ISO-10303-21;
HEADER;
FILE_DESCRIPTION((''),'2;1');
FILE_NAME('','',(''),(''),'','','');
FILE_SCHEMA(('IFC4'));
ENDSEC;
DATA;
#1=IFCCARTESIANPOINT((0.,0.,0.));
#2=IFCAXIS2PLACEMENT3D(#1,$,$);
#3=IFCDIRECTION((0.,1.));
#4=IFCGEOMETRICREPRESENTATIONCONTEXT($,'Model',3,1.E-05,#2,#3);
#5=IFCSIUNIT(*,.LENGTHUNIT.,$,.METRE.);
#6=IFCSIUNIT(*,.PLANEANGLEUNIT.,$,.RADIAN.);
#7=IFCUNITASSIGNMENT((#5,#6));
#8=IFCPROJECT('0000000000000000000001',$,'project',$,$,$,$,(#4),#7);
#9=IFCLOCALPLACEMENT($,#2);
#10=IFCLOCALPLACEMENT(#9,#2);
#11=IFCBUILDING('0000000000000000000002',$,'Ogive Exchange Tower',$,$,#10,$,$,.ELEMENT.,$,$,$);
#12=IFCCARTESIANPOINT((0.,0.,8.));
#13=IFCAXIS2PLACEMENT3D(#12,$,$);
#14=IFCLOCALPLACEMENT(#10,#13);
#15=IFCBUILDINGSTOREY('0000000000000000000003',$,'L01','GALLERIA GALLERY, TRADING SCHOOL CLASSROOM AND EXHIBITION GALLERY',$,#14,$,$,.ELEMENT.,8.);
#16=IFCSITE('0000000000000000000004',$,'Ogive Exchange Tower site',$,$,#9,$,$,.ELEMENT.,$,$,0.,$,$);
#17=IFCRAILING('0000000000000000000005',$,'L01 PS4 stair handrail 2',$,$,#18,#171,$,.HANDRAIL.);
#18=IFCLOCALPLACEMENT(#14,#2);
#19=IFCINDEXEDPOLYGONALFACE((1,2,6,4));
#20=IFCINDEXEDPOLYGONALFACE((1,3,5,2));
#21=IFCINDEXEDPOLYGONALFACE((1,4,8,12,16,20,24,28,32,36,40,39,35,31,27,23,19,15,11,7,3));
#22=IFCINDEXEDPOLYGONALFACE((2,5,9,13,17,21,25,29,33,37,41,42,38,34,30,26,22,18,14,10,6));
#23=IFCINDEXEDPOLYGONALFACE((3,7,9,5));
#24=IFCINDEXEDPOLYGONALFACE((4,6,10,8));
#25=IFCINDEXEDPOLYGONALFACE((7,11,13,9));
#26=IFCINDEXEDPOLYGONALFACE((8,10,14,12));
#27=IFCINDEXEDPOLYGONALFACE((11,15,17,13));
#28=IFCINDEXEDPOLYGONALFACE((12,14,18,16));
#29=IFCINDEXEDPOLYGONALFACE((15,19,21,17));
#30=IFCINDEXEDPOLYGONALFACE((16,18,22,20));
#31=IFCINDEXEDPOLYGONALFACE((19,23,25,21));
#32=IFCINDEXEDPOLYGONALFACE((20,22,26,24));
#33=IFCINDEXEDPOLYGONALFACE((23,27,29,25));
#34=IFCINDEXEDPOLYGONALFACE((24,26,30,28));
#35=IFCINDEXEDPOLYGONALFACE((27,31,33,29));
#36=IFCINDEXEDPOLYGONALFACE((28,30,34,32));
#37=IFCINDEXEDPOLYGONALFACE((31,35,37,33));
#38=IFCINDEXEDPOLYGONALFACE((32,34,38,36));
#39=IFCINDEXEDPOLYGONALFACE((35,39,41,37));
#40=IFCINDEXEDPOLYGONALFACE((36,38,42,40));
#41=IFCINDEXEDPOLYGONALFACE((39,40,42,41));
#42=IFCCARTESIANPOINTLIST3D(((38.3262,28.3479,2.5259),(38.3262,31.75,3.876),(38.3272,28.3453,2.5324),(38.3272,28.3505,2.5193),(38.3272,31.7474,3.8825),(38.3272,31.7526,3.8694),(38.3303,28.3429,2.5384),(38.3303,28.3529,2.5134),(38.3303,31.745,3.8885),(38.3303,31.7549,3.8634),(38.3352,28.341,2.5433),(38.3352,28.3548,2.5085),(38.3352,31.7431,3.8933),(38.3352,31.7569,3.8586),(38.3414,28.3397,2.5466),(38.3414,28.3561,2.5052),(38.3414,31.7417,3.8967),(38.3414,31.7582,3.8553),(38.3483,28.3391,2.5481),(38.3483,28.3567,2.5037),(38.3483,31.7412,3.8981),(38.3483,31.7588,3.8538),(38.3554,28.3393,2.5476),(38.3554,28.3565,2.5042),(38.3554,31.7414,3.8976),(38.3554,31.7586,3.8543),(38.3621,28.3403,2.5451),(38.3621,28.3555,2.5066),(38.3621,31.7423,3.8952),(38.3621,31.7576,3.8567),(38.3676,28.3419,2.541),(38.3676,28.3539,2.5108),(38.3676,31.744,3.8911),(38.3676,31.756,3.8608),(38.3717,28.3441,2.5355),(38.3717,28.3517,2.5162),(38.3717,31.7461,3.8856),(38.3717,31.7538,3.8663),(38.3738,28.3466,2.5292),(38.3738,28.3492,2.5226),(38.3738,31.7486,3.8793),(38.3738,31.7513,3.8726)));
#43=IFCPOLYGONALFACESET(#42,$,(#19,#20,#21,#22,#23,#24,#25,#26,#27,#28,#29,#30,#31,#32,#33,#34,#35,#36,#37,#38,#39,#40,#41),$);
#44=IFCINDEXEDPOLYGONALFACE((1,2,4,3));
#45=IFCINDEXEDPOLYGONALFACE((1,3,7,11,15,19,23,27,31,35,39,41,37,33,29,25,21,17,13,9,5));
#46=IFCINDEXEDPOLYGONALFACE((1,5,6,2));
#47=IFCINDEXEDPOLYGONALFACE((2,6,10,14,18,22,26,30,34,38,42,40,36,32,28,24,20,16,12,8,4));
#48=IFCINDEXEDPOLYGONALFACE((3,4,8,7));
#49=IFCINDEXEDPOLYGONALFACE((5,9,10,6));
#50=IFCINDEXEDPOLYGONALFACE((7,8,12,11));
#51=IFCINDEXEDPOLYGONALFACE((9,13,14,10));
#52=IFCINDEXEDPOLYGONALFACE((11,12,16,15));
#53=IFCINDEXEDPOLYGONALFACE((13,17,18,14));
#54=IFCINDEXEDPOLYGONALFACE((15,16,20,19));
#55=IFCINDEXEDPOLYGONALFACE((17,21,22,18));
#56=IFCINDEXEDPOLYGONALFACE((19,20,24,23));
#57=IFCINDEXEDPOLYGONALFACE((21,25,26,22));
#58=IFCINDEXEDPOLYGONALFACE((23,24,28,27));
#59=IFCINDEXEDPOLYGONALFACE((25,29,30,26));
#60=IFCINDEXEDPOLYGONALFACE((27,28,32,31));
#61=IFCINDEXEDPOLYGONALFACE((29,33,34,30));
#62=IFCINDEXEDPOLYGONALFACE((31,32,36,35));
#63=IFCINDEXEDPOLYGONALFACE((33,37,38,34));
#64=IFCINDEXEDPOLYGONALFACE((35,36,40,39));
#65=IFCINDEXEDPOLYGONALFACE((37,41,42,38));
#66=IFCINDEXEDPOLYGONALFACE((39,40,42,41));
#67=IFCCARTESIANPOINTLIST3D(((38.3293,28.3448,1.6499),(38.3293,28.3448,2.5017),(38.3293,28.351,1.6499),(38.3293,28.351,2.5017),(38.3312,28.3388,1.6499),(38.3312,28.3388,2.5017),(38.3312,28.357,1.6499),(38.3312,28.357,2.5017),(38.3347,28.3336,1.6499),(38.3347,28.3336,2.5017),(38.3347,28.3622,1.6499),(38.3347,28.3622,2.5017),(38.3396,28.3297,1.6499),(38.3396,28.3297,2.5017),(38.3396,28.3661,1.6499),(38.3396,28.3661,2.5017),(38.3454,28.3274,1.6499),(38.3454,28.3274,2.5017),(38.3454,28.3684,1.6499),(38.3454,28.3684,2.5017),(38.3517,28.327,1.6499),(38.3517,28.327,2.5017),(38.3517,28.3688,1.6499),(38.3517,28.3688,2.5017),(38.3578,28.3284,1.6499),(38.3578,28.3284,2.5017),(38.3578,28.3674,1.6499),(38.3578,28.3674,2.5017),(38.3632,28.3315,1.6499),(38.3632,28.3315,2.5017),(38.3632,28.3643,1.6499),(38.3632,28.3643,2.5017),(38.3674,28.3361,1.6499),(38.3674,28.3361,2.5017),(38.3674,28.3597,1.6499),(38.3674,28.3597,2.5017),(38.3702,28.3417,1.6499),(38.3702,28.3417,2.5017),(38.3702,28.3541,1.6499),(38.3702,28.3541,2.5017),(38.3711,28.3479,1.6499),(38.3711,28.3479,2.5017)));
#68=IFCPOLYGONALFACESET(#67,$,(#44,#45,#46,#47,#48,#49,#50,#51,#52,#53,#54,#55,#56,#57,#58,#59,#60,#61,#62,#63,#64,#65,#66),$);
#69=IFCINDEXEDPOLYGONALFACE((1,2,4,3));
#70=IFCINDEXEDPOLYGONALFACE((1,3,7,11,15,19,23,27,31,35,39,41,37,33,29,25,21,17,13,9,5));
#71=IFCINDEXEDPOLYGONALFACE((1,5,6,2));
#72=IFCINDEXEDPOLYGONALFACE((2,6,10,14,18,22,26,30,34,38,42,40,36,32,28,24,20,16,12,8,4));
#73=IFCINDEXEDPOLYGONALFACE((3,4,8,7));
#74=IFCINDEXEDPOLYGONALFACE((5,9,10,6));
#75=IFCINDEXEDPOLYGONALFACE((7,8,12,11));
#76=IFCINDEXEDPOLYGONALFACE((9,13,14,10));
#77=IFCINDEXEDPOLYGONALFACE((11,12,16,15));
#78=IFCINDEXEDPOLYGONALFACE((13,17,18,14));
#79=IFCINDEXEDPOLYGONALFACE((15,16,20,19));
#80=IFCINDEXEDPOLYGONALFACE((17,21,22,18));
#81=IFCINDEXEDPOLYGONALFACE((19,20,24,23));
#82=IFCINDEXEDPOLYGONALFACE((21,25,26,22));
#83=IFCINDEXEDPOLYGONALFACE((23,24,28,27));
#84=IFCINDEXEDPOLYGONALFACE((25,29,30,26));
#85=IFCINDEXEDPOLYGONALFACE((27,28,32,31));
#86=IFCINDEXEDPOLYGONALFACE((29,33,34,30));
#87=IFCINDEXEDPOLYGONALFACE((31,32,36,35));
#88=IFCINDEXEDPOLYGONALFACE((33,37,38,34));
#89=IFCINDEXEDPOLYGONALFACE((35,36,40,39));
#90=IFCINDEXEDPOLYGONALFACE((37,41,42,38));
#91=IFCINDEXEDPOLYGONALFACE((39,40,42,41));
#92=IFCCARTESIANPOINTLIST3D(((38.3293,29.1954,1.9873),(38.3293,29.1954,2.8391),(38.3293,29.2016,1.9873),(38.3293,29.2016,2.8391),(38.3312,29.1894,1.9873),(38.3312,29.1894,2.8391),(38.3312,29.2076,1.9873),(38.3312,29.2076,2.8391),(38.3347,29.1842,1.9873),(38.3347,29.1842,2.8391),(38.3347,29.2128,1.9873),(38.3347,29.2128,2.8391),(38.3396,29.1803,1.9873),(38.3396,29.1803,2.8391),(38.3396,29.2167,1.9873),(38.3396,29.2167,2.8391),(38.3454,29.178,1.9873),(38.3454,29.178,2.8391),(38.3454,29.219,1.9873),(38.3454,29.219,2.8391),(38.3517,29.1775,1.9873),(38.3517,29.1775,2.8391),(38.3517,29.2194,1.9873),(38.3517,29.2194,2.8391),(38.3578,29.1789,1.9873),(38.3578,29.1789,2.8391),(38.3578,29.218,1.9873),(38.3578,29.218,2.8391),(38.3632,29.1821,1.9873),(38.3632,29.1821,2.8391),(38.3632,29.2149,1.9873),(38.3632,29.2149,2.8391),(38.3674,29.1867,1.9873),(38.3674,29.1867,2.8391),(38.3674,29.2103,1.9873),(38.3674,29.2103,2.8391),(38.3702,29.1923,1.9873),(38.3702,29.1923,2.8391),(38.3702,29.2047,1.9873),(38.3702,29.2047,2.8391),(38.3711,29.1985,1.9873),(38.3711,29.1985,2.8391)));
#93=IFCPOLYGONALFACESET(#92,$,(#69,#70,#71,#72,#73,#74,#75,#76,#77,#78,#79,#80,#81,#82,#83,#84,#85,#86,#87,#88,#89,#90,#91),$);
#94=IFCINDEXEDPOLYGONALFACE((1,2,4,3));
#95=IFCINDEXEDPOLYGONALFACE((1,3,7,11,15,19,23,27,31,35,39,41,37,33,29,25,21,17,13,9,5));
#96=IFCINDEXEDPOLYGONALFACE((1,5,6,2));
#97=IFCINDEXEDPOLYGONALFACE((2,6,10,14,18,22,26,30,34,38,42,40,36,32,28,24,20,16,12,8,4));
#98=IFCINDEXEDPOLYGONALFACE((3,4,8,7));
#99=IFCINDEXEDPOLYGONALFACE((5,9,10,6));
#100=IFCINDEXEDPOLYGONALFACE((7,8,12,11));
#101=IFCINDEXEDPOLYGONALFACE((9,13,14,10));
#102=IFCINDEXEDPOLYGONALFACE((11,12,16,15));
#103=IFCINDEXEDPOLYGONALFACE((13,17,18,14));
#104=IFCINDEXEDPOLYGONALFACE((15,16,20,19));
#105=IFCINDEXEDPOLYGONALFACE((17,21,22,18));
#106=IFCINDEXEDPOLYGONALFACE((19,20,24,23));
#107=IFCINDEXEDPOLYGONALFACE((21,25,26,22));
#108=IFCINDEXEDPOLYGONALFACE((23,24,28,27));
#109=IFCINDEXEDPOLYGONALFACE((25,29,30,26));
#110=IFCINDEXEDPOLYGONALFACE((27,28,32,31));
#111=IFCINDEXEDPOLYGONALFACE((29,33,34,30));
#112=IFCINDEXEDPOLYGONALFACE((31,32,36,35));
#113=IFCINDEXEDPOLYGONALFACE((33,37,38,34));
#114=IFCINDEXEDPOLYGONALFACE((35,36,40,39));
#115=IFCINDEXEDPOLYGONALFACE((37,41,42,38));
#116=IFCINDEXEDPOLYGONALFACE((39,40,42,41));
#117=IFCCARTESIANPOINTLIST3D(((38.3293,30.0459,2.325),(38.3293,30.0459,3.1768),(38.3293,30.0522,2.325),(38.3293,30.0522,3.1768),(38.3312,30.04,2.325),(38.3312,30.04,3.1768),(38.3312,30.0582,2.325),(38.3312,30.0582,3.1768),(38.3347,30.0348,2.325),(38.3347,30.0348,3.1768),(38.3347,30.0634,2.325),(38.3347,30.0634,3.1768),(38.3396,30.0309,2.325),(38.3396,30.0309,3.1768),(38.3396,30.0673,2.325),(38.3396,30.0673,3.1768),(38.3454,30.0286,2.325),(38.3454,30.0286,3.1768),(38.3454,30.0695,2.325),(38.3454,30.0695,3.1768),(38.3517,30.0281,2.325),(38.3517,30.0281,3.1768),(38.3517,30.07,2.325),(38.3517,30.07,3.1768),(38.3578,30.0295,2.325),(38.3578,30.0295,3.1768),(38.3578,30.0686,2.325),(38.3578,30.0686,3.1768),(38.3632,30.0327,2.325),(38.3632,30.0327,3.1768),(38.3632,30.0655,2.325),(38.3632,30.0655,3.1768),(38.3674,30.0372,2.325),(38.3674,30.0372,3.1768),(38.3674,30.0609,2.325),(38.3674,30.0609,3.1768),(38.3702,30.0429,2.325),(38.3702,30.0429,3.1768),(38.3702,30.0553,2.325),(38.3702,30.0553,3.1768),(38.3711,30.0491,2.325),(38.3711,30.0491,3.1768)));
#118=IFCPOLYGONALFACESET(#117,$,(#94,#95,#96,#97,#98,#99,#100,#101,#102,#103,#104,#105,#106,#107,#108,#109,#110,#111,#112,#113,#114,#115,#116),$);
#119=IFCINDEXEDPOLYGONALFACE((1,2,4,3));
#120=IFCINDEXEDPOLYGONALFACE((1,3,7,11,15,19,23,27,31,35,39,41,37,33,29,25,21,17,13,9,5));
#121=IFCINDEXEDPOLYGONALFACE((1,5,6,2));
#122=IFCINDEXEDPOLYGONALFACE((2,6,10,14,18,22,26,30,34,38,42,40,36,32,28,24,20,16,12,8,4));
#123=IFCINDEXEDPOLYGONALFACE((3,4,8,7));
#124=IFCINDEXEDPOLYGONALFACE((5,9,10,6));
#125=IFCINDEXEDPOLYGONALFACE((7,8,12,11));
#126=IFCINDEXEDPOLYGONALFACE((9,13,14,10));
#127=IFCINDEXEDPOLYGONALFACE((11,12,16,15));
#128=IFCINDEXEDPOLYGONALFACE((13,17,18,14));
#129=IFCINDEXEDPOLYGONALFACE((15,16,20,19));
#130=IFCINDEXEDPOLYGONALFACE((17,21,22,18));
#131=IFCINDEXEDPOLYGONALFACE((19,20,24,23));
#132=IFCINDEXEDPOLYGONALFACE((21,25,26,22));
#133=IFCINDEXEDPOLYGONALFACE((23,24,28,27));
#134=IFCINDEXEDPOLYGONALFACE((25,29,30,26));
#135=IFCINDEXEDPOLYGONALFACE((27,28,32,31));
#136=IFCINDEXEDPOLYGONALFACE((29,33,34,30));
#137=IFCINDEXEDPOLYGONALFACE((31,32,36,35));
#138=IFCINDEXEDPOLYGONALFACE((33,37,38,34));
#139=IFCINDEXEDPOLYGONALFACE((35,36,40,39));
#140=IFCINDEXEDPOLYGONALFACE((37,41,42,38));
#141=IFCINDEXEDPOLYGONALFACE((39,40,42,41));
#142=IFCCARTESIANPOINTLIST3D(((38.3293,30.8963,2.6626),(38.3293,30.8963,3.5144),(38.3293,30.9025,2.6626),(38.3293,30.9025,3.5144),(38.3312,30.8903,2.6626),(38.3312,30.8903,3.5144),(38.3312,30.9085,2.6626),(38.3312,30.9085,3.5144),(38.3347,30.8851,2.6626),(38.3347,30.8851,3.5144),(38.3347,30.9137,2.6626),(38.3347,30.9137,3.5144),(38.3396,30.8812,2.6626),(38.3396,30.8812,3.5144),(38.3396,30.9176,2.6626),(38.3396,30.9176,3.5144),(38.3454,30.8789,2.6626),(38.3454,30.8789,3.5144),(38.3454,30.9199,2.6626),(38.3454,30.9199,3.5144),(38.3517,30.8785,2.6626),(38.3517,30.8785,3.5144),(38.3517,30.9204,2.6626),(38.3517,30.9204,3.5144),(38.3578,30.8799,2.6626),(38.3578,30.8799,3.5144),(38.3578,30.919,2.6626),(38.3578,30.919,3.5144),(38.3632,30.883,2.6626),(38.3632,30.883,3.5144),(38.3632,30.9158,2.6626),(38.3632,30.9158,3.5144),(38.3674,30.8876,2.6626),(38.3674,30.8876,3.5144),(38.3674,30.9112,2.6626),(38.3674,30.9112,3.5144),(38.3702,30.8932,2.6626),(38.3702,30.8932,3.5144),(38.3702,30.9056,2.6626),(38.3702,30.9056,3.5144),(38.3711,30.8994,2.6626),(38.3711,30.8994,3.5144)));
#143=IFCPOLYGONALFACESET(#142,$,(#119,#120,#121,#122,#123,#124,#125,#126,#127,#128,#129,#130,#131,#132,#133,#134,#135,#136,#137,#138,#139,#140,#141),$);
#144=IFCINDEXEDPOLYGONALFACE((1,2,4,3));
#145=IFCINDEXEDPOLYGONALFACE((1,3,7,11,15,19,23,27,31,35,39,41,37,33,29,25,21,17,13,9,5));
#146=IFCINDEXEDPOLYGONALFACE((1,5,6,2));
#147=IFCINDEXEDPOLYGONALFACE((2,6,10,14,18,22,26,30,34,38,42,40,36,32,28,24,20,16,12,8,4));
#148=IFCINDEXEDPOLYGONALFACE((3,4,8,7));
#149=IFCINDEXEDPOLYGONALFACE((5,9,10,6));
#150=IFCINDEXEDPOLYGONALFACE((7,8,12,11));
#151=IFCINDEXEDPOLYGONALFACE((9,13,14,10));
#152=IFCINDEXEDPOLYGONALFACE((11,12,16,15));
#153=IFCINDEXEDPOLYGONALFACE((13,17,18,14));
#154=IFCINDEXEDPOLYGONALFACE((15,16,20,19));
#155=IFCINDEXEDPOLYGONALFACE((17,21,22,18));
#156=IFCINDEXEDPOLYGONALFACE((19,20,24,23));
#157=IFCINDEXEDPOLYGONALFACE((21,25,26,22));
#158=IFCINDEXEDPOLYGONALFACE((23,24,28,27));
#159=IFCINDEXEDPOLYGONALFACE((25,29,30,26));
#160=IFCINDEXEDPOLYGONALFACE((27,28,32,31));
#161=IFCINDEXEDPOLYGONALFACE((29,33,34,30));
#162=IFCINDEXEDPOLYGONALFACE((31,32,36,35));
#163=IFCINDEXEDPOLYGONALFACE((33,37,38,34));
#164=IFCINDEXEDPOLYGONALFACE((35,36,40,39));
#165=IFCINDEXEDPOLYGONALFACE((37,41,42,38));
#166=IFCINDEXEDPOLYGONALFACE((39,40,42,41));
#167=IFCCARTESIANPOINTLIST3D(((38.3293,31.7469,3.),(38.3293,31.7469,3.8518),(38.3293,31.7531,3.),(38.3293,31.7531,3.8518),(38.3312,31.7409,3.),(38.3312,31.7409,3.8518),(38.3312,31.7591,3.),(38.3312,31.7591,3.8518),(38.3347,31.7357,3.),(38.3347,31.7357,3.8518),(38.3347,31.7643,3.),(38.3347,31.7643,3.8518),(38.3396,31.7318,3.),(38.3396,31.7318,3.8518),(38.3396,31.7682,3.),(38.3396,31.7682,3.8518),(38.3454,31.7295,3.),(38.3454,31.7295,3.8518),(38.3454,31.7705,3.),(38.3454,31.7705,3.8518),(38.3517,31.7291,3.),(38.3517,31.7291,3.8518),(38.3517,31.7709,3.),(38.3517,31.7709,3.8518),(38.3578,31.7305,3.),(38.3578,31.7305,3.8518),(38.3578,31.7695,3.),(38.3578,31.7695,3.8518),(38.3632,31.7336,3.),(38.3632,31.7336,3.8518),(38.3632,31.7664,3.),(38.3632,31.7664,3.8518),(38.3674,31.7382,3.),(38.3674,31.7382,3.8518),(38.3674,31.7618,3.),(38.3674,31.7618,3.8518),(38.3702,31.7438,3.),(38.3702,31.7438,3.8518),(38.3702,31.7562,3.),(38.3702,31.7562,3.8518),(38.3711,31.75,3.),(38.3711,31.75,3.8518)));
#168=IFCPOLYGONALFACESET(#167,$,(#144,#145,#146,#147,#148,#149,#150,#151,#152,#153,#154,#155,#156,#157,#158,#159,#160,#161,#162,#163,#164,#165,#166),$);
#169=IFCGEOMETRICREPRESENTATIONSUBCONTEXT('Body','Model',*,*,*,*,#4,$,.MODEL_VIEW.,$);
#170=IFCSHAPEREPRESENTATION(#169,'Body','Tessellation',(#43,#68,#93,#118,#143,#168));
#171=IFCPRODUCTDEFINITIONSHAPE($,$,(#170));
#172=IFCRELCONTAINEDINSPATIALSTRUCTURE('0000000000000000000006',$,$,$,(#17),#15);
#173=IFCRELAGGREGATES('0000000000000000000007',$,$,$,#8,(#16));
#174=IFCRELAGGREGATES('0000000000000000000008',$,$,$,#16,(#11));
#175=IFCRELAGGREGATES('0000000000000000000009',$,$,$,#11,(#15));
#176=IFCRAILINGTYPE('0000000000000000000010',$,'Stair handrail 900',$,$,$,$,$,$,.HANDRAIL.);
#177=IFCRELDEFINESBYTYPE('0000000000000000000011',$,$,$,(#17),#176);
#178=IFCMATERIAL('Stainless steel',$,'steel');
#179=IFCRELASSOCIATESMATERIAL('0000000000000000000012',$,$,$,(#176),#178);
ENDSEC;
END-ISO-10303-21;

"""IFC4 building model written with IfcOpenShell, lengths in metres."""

from ifc_helpers import new_model, si_unit, direction, frame, origin, origin_2d, place, context, subcontext, project, spatial, circle, extrude, material, type_object, element, save


model = new_model("IFC4")

# Units and contexts
model_context = context("Model", 3, precision=1e-05, world=origin(), true_north=direction((0.0, 1.0)))
body_context = subcontext(model_context, "Body", "Model", "MODEL_VIEW")
ifc_project = project(units=[si_unit("LENGTHUNIT", "METRE"), si_unit("PLANEANGLEUNIT", "RADIAN")], contexts=[model_context])

# Site, building, storey
site_placement = place(None, origin())
site = spatial("IfcSite", under=ifc_project, at=site_placement, Name="Ogive Exchange Tower site", CompositionType="ELEMENT", RefElevation=0.0)
building_placement = place(site_placement, origin())
building = spatial("IfcBuilding", under=site, at=building_placement, Name="Ogive Exchange Tower", CompositionType="ELEMENT")
storey_placement = place(building_placement, frame((0.0, 0.0, 8.0)))
storey = spatial("IfcBuildingStorey", under=building, at=storey_placement, Name="L01", Description="GALLERIA GALLERY, TRADING SCHOOL CLASSROOM AND EXHIBITION GALLERY", CompositionType="ELEMENT", Elevation=8.0)

# Railing
ifc_material_1 = material(Name="Stainless steel", Category="steel")
railing_type = type_object("IfcRailingType", Name="Stair handrail 900", PredefinedType="HANDRAIL", material=ifc_material_1)
railing_1_placement = place(storey_placement, frame((38.3501, 28.3479, 1.6499)))
element("IfcRailing", 1, at=railing_1_placement, inside=storey, type_object=railing_type, Name="L01 PS4 stair handrail 2", PredefinedType="HANDRAIL", context=body_context, shape_type="SweptSolid", body=[
    extrude(circle(Radius=0.0239, at=origin_2d()), frame((0.0, 0.0, 0.876), z_axis=(0.0, 0.929485, 0.368859), x_axis=(-1.0, 0.0, 0.0)), (0.0, 0.0, 1.0), 3.6602),
    extrude(circle(Radius=0.021, at=origin_2d()), origin(), (0.0, 0.0, 1.0), 0.8518),
    extrude(circle(Radius=0.021, at=origin_2d()), frame((0.0, 0.8506, 0.3374)), (0.0, 0.0, 1.0), 0.8518),
    extrude(circle(Radius=0.021, at=origin_2d()), frame((0.0, 1.7012, 0.675)), (0.0, 0.0, 1.0), 0.8518),
    extrude(circle(Radius=0.021, at=origin_2d()), frame((0.0, 2.5515, 1.0127)), (0.0, 0.0, 1.0), 0.8518),
    extrude(circle(Radius=0.021, at=origin_2d()), frame((0.0, 3.4021, 1.3501)), (0.0, 0.0, 1.0), 0.8518),
])

save(model, "model.ifc")
